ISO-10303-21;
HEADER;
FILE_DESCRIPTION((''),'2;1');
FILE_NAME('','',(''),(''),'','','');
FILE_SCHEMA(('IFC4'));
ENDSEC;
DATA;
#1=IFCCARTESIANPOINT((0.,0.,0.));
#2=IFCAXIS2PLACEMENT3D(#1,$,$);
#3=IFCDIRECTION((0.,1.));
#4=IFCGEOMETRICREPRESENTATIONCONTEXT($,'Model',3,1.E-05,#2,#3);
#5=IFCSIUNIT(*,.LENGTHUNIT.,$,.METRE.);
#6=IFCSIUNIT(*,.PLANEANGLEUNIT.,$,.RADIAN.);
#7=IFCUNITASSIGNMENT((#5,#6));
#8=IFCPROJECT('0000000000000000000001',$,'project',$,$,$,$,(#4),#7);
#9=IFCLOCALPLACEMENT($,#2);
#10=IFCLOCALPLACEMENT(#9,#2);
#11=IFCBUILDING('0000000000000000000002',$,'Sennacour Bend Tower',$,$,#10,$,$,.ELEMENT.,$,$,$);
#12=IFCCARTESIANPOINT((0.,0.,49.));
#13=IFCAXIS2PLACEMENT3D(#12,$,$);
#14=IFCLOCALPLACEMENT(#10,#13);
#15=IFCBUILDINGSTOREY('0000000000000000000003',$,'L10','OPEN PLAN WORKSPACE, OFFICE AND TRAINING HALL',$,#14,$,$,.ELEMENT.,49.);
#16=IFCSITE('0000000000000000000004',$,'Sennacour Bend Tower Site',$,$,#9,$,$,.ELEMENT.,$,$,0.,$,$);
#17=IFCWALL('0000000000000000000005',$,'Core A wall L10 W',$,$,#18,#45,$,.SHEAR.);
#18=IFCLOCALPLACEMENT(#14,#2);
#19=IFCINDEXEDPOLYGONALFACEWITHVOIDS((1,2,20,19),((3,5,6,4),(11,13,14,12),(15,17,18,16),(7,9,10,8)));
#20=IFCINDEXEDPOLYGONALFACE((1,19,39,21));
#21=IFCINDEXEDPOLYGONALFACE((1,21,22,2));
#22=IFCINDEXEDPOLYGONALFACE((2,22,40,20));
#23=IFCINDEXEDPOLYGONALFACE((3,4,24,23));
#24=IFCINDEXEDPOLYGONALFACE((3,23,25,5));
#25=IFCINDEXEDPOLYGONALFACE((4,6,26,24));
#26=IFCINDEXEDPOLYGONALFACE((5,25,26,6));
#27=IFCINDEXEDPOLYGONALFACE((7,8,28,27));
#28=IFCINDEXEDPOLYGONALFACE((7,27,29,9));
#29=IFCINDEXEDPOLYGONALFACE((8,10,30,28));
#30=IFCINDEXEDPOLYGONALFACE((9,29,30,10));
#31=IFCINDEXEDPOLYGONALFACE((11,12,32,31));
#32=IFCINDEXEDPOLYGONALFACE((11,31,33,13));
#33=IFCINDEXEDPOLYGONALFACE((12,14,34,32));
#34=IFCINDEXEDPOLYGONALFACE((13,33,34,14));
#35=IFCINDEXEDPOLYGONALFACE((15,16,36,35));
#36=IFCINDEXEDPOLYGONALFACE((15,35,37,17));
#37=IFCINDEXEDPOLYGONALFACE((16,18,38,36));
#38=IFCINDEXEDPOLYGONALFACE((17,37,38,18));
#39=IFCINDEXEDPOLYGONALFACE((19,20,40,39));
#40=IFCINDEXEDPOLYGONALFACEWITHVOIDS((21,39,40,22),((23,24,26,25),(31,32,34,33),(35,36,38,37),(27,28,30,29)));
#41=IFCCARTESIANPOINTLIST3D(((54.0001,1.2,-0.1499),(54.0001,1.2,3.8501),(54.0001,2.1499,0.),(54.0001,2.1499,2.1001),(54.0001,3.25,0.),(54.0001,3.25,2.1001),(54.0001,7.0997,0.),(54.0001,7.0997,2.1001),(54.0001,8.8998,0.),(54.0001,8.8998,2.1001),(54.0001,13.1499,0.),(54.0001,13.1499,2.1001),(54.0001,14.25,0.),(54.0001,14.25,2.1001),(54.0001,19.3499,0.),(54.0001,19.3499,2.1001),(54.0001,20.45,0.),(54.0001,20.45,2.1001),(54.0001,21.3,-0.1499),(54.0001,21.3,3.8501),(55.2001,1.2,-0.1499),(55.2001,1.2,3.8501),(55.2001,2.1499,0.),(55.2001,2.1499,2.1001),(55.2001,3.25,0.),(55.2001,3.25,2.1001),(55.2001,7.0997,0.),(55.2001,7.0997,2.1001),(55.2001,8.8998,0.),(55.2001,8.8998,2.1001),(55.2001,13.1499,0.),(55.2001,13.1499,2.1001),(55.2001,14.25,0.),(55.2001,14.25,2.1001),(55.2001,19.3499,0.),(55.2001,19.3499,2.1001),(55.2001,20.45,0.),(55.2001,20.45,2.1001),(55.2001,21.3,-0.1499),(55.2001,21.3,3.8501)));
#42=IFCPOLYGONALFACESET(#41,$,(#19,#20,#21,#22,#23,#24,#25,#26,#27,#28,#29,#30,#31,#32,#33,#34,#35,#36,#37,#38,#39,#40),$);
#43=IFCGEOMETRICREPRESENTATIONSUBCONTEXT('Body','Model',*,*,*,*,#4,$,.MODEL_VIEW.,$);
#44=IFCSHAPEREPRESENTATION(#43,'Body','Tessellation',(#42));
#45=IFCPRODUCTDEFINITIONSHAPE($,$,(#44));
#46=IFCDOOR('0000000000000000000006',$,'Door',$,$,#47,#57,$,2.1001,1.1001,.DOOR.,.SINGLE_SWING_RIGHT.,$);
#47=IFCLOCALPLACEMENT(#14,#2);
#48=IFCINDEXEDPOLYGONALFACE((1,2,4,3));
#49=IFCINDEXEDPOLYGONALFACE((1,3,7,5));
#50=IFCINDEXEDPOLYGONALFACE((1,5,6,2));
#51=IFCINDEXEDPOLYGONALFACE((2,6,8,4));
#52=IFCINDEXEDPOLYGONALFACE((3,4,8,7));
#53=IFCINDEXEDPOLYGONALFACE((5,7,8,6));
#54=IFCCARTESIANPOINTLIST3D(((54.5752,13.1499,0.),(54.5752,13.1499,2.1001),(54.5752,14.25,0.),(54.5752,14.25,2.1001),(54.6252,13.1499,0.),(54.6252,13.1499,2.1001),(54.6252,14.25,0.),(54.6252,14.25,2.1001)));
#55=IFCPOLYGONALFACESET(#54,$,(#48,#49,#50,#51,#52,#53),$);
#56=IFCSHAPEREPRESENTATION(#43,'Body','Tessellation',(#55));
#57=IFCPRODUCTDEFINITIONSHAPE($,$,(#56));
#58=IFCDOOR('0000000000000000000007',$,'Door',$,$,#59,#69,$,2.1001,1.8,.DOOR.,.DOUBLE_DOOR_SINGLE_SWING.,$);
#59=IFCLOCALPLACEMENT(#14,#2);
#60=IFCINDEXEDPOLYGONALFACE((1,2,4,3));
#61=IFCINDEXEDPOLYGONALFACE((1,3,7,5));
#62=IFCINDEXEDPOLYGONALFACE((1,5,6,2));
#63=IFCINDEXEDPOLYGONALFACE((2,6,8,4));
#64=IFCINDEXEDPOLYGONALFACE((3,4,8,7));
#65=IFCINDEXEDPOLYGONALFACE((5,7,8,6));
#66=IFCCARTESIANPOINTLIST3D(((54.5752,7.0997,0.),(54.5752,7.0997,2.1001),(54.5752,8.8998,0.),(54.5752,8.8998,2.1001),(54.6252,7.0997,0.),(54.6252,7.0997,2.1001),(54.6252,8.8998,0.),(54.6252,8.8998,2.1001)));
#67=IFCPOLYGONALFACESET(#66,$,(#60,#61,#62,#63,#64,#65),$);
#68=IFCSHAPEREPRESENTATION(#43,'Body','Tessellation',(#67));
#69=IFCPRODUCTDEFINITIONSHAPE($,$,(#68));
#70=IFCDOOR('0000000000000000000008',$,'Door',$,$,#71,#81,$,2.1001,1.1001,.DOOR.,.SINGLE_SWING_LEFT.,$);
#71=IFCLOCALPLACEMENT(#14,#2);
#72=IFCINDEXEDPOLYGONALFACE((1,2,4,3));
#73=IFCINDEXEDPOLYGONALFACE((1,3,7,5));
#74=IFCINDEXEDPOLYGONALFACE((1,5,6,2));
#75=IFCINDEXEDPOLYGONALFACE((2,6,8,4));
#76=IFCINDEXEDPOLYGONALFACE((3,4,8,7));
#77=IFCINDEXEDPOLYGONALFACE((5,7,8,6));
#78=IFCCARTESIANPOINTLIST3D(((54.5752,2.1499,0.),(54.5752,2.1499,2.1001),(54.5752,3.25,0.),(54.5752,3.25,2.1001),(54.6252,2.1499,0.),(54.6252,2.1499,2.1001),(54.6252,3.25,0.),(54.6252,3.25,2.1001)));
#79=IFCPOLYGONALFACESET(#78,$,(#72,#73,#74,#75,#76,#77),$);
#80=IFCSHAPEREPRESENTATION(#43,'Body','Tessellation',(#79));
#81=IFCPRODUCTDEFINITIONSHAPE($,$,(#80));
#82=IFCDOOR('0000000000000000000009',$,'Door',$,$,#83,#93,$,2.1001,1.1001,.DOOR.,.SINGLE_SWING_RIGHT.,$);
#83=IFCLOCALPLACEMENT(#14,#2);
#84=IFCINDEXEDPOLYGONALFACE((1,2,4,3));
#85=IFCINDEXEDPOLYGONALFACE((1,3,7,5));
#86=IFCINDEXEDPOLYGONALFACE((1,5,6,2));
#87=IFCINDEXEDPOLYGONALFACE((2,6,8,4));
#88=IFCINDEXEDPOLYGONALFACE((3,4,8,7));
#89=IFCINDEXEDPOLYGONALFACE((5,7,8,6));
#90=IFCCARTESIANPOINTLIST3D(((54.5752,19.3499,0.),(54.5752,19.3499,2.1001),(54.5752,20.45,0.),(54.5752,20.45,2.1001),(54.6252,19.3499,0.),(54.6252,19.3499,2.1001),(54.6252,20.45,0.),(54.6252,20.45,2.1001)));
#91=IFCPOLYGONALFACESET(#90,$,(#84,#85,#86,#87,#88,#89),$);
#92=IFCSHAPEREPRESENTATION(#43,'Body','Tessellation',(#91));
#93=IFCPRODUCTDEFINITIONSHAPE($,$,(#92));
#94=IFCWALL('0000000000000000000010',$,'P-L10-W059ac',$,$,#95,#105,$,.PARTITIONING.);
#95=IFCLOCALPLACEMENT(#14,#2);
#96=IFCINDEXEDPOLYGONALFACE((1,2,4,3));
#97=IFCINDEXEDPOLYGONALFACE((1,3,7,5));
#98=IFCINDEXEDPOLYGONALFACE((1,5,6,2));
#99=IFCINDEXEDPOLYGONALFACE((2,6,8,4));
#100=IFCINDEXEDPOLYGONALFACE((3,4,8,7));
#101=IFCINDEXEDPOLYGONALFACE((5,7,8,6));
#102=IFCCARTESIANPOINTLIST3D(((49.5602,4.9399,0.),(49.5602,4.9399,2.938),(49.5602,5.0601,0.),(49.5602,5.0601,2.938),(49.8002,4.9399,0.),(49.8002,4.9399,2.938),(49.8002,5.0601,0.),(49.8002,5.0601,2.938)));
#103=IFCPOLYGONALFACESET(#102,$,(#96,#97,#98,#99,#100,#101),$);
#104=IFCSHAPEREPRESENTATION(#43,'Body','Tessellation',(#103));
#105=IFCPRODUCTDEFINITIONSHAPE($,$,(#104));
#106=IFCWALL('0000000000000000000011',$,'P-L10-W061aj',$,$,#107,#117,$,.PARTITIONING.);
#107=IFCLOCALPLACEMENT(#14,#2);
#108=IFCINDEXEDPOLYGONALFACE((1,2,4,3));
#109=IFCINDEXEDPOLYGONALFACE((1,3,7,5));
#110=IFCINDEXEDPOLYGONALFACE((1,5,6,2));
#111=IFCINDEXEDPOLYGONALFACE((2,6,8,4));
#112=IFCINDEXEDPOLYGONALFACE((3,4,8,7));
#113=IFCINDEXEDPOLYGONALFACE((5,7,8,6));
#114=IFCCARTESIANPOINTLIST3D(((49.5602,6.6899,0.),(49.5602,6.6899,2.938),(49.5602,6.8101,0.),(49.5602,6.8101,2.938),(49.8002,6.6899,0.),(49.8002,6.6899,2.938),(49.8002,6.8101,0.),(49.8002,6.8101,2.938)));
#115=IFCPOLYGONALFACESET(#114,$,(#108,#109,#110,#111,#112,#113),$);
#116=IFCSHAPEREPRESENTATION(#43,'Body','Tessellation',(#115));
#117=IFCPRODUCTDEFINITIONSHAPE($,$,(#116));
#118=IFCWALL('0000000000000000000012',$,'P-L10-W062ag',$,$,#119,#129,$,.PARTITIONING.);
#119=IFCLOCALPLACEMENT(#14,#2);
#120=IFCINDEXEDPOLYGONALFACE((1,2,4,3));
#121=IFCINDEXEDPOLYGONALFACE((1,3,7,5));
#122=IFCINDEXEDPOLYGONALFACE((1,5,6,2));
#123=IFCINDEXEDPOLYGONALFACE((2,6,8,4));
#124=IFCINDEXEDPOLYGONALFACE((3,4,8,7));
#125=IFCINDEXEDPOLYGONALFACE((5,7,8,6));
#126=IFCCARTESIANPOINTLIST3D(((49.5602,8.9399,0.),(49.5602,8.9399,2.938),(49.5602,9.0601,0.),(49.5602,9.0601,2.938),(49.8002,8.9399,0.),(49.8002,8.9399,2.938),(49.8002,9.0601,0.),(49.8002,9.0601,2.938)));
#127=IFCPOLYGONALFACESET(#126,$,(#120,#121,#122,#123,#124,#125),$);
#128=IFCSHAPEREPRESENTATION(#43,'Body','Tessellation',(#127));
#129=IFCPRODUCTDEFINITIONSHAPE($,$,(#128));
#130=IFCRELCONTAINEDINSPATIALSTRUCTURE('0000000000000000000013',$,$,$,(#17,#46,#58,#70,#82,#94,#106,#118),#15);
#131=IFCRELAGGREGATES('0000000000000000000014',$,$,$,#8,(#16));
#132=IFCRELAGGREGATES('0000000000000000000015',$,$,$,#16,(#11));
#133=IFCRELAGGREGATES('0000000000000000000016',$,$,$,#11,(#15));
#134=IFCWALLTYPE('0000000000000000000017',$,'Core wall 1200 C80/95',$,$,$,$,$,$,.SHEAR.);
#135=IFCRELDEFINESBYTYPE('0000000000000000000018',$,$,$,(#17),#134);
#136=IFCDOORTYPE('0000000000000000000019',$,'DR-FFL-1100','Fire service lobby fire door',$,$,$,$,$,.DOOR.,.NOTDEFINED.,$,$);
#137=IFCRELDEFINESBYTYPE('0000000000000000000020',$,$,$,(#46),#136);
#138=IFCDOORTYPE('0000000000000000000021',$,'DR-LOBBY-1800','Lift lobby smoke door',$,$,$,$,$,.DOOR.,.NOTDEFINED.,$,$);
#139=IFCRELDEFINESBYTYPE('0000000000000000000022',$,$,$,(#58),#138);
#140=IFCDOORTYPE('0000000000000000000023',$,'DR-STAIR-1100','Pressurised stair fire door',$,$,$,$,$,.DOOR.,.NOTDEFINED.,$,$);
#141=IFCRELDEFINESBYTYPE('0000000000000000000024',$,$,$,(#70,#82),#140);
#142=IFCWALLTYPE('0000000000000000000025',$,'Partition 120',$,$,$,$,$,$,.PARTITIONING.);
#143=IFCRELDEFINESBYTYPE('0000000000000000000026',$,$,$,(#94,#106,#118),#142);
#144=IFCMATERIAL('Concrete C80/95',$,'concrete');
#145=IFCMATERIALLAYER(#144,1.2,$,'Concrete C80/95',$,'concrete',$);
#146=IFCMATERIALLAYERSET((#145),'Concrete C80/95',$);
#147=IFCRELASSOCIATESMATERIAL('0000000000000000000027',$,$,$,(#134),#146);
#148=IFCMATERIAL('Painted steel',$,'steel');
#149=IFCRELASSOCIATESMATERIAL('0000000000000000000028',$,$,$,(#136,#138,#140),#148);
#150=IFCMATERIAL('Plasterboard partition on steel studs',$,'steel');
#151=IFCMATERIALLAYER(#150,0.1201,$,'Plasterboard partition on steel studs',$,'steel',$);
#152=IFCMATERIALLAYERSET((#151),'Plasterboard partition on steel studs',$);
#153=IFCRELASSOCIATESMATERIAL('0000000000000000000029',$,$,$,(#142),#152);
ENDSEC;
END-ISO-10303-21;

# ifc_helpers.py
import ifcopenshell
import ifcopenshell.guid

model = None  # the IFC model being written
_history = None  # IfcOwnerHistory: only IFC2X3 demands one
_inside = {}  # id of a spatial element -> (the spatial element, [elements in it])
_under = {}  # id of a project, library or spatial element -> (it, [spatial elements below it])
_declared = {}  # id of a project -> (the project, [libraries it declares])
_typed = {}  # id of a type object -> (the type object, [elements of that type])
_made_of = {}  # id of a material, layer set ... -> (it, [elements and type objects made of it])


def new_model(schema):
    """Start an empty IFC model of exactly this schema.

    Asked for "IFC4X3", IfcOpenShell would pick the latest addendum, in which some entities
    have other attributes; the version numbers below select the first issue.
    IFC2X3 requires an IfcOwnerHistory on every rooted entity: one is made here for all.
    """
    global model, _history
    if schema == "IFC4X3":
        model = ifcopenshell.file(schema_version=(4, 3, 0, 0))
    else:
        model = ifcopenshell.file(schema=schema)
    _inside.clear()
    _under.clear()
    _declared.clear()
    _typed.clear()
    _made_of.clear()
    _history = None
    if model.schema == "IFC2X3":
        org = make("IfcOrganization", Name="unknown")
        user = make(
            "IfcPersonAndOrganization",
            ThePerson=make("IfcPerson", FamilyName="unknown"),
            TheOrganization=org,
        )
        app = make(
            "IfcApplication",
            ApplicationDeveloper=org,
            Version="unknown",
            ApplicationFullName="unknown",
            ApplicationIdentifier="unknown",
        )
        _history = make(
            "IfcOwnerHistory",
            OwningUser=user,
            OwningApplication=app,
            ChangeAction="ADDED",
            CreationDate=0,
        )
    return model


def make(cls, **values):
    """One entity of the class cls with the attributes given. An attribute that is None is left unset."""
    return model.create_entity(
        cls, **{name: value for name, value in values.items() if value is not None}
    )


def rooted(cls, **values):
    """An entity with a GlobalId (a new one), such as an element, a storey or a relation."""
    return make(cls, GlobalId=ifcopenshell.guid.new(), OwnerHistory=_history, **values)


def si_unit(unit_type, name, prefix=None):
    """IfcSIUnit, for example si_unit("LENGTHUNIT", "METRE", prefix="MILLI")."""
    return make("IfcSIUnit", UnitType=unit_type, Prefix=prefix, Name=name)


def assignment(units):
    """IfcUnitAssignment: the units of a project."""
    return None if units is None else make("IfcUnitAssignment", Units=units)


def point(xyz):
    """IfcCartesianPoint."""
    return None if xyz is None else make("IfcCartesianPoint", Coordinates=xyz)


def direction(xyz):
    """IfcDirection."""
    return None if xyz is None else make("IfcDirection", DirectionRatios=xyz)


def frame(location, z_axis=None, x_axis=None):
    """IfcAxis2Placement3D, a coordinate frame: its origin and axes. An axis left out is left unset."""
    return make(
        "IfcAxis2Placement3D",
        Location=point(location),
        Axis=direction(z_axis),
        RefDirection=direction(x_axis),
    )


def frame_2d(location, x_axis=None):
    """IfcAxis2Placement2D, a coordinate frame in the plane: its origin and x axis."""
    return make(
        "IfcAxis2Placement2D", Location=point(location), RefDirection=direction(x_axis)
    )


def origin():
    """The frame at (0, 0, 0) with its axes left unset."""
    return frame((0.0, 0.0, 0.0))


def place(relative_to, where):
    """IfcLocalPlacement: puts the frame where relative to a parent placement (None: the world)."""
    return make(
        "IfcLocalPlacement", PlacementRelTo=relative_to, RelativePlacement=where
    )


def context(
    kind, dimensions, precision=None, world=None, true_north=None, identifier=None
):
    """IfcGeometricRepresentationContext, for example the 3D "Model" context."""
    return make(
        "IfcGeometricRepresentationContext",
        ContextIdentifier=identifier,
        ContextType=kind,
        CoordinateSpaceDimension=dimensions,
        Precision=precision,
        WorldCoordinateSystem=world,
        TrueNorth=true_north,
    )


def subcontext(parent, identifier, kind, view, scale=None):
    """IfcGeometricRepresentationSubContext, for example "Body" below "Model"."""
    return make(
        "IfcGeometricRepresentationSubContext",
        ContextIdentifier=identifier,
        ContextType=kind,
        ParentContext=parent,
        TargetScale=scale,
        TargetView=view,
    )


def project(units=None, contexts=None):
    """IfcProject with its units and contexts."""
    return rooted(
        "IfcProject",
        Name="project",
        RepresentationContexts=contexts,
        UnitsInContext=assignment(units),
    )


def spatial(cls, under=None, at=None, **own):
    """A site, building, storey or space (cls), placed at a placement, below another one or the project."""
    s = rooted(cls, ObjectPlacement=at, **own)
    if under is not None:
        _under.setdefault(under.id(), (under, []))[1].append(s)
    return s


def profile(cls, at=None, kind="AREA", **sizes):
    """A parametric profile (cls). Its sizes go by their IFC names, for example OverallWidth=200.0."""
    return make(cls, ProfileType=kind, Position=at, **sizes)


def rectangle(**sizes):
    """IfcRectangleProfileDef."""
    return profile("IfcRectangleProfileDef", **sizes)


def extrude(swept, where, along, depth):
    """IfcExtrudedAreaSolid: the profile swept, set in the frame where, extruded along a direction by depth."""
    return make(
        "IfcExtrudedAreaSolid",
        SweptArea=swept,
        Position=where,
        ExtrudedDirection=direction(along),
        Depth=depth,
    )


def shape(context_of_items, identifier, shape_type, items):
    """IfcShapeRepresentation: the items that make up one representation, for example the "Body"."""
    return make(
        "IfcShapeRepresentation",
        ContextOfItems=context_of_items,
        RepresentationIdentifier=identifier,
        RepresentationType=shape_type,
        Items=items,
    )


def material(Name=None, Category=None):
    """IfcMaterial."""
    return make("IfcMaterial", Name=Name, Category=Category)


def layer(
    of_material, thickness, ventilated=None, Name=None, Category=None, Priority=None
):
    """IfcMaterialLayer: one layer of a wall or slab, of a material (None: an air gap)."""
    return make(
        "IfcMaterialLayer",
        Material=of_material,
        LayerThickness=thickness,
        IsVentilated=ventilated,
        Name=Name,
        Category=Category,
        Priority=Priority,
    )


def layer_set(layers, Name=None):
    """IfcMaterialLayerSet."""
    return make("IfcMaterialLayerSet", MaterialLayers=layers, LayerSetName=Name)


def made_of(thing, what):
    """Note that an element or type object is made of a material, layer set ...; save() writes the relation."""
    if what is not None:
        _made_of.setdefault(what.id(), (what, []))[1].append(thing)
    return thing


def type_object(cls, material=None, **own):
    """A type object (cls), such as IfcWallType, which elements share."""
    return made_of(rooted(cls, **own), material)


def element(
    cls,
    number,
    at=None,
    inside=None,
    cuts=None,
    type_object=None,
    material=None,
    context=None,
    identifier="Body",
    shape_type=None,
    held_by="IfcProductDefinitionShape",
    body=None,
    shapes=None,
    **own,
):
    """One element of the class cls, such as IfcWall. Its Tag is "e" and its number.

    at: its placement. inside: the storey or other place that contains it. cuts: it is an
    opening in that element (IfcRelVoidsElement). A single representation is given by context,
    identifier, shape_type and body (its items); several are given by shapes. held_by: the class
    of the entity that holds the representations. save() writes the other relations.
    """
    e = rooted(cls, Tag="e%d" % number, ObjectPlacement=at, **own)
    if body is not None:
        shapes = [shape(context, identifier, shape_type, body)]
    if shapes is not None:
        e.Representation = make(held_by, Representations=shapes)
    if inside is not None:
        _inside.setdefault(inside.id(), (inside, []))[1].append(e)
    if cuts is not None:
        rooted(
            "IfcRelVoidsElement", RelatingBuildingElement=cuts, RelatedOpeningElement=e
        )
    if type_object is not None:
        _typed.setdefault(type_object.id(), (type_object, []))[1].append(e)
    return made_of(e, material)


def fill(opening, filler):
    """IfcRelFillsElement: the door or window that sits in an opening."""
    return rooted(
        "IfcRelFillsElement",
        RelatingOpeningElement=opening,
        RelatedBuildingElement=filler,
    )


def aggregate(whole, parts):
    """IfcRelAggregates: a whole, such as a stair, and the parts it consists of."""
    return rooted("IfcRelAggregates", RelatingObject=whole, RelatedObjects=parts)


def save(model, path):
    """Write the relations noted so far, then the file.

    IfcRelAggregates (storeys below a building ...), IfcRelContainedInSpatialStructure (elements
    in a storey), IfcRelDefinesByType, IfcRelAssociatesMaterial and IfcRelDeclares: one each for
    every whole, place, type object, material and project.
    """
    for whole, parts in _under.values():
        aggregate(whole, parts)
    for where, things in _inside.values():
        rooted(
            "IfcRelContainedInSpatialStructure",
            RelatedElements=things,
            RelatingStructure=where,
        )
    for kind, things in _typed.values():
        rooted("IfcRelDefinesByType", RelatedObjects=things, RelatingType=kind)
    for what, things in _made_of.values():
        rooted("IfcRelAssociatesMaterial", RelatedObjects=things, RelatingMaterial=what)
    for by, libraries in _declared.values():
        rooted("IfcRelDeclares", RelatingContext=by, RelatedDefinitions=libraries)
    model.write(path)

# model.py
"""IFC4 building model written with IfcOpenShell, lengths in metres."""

from ifc_helpers import new_model, si_unit, direction, frame, frame_2d, origin, place, context, subcontext, project, spatial, rectangle, extrude, material, layer, layer_set, type_object, element, fill, save


model = new_model("IFC4")

# Units and contexts
model_context = context("Model", 3, precision=1e-05, world=origin(), true_north=direction((0.0, 1.0)))
body_context = subcontext(model_context, "Body", "Model", "MODEL_VIEW")
ifc_project = project(units=[si_unit("LENGTHUNIT", "METRE"), si_unit("PLANEANGLEUNIT", "RADIAN")], contexts=[model_context])

# Site, building, storey
site_placement = place(None, origin())
site = spatial("IfcSite", under=ifc_project, at=site_placement, Name="Sennacour Bend Tower Site", CompositionType="ELEMENT", RefElevation=0.0)
building_placement = place(site_placement, origin())
building = spatial("IfcBuilding", under=site, at=building_placement, Name="Sennacour Bend Tower", CompositionType="ELEMENT")
storey_placement = place(building_placement, frame((0.0, 0.0, 49.0)))
storey = spatial("IfcBuildingStorey", under=building, at=storey_placement, Name="L10", Description="OPEN PLAN WORKSPACE, OFFICE AND TRAINING HALL", CompositionType="ELEMENT", Elevation=49.0)

# Wall, openings, doors
ifc_material_1 = material(Name="Concrete C80/95", Category="concrete")
ifc_layer_1 = layer(ifc_material_1, 1.2, Name="Concrete C80/95", Category="concrete")
ifc_layer_set_1 = layer_set([ifc_layer_1], Name="Concrete C80/95")
wall_type_1 = type_object("IfcWallType", Name="Core wall 1200 C80/95", PredefinedType="SHEAR", material=ifc_layer_set_1)
wall_1_placement = place(storey_placement, frame((54.6001, 1.2, -0.1499), z_axis=(0.0, 0.0, 1.0), x_axis=(0.0, 1.0, 0.0)))
wall_1 = element("IfcWall", 1, at=wall_1_placement, inside=storey, type_object=wall_type_1, Name="Core A wall L10 W", PredefinedType="SHEAR", context=body_context, shape_type="SweptSolid", body=[
    extrude(rectangle(XDim=20.1001, YDim=1.2, at=frame_2d((10.05, 0.0))), origin(), (0.0, 0.0, 1.0), 4.0),
])
opening_1_placement = place(wall_1_placement, frame((5.8999, 0.0, 0.1499)))
opening_1 = element("IfcOpeningElement", 2, at=opening_1_placement, cuts=wall_1, PredefinedType="OPENING", context=body_context, shape_type="SweptSolid", body=[
    extrude(rectangle(XDim=1.8, YDim=2.1001, at=frame_2d((0.8999, 1.05))), frame((0.0, 0.6099, 0.0), z_axis=(0.0, -1.0, 0.0), x_axis=(1.0, 0.0, 0.0)), (0.0, 0.0, 1.0), 1.22),
])
opening_2_placement = place(wall_1_placement, frame((11.95, 0.0, 0.1499)))
opening_2 = element("IfcOpeningElement", 3, at=opening_2_placement, cuts=wall_1, PredefinedType="OPENING", context=body_context, shape_type="SweptSolid", body=[
    extrude(rectangle(XDim=1.1001, YDim=2.1001, at=frame_2d((0.55, 1.05))), frame((0.0, 0.6099, 0.0), z_axis=(0.0, -1.0, 0.0), x_axis=(1.0, 0.0, 0.0)), (0.0, 0.0, 1.0), 1.22),
])
opening_3_placement = place(wall_1_placement, frame((0.95, 0.0, 0.1499)))
opening_3 = element("IfcOpeningElement", 4, at=opening_3_placement, cuts=wall_1, PredefinedType="OPENING", context=body_context, shape_type="SweptSolid", body=[
    extrude(rectangle(XDim=1.1001, YDim=2.1001, at=frame_2d((0.55, 1.05))), frame((0.0, 0.6099, 0.0), z_axis=(0.0, -1.0, 0.0), x_axis=(1.0, 0.0, 0.0)), (0.0, 0.0, 1.0), 1.22),
])
opening_4_placement = place(wall_1_placement, frame((18.1499, 0.0, 0.1499)))
opening_4 = element("IfcOpeningElement", 5, at=opening_4_placement, cuts=wall_1, PredefinedType="OPENING", context=body_context, shape_type="SweptSolid", body=[
    extrude(rectangle(XDim=1.1001, YDim=2.1001, at=frame_2d((0.55, 1.05))), frame((0.0, 0.6099, 0.0), z_axis=(0.0, -1.0, 0.0), x_axis=(1.0, 0.0, 0.0)), (0.0, 0.0, 1.0), 1.22),
])
ifc_material_2 = material(Name="Painted steel", Category="steel")
door_type_1 = type_object("IfcDoorType", Name="DR-FFL-1100", Description="Fire service lobby fire door", OperationType="NOTDEFINED", PredefinedType="DOOR", material=ifc_material_2)
door_1_placement = place(opening_2_placement, origin())
door_1 = element("IfcDoor", 6, at=door_1_placement, inside=storey, type_object=door_type_1, Name="Door", OperationType="SINGLE_SWING_RIGHT", OverallHeight=2.1001, OverallWidth=1.1001, PredefinedType="DOOR", context=body_context, shape_type="SweptSolid", body=[
    extrude(rectangle(XDim=1.1001, YDim=2.1001, at=frame_2d((0.55, 1.05))), frame((0.0, 0.0249, 0.0), z_axis=(0.0, -1.0, 0.0), x_axis=(1.0, 0.0, 0.0)), (0.0, 0.0, 1.0), 0.05),
])
fill(opening_2, door_1)
door_type_2 = type_object("IfcDoorType", Name="DR-LOBBY-1800", Description="Lift lobby smoke door", OperationType="NOTDEFINED", PredefinedType="DOOR", material=ifc_material_2)
door_2_placement = place(opening_1_placement, origin())
door_2 = element("IfcDoor", 7, at=door_2_placement, inside=storey, type_object=door_type_2, Name="Door", OperationType="DOUBLE_DOOR_SINGLE_SWING", OverallHeight=2.1001, OverallWidth=1.8, PredefinedType="DOOR", context=body_context, shape_type="SweptSolid", body=[
    extrude(rectangle(XDim=1.8, YDim=2.1001, at=frame_2d((0.8999, 1.05))), frame((0.0, 0.0249, 0.0), z_axis=(0.0, -1.0, 0.0), x_axis=(1.0, 0.0, 0.0)), (0.0, 0.0, 1.0), 0.05),
])
fill(opening_1, door_2)
door_type_3 = type_object("IfcDoorType", Name="DR-STAIR-1100", Description="Pressurised stair fire door", OperationType="NOTDEFINED", PredefinedType="DOOR", material=ifc_material_2)
door_3_placement = place(opening_3_placement, origin())
door_3 = element("IfcDoor", 8, at=door_3_placement, inside=storey, type_object=door_type_3, Name="Door", OperationType="SINGLE_SWING_LEFT", OverallHeight=2.1001, OverallWidth=1.1001, PredefinedType="DOOR", context=body_context, shape_type="SweptSolid", body=[
    extrude(rectangle(XDim=1.1001, YDim=2.1001, at=frame_2d((0.55, 1.05))), frame((0.0, 0.0249, 0.0), z_axis=(0.0, -1.0, 0.0), x_axis=(1.0, 0.0, 0.0)), (0.0, 0.0, 1.0), 0.05),
])
fill(opening_3, door_3)
door_4_placement = place(opening_4_placement, origin())
door_4 = element("IfcDoor", 9, at=door_4_placement, inside=storey, type_object=door_type_3, Name="Door", OperationType="SINGLE_SWING_RIGHT", OverallHeight=2.1001, OverallWidth=1.1001, PredefinedType="DOOR", context=body_context, shape_type="SweptSolid", body=[
    extrude(rectangle(XDim=1.1001, YDim=2.1001, at=frame_2d((0.55, 1.05))), frame((0.0, 0.0249, 0.0), z_axis=(0.0, -1.0, 0.0), x_axis=(1.0, 0.0, 0.0)), (0.0, 0.0, 1.0), 0.05),
])
fill(opening_4, door_4)

# Walls
ifc_material_3 = material(Name="Plasterboard partition on steel studs", Category="steel")
ifc_layer_2 = layer(ifc_material_3, 0.1201, Name="Plasterboard partition on steel studs", Category="steel")
ifc_layer_set_2 = layer_set([ifc_layer_2], Name="Plasterboard partition on steel studs")
wall_type_2 = type_object("IfcWallType", Name="Partition 120", PredefinedType="PARTITIONING", material=ifc_layer_set_2)
for number, where, z_axis, x_axis, name in (
    (10, (49.5601, 5.0, 0.0), (0.0, 0.0, 1.0), (1.0, 0.0, 0.0), "P-L10-W059ac"),
    (11, (49.5601, 6.75, 0.0), (0.0, 0.0, 1.0), (1.0, 0.0, 0.0), "P-L10-W061aj"),
    (12, (49.5601, 9.0, 0.0), (0.0, 0.0, 1.0), (1.0, 0.0, 0.0), "P-L10-W062ag"),
):
    element("IfcWall", number, at=place(storey_placement, frame(where, z_axis=z_axis, x_axis=x_axis)), inside=storey, type_object=wall_type_2, Name=name, PredefinedType="PARTITIONING", context=body_context, shape_type="SweptSolid", body=[
        extrude(rectangle(XDim=0.24, YDim=0.1201, at=frame_2d((0.1201, 0.0))), origin(), (0.0, 0.0, 1.0), 2.938),
    ])

save(model, "model.ifc")
